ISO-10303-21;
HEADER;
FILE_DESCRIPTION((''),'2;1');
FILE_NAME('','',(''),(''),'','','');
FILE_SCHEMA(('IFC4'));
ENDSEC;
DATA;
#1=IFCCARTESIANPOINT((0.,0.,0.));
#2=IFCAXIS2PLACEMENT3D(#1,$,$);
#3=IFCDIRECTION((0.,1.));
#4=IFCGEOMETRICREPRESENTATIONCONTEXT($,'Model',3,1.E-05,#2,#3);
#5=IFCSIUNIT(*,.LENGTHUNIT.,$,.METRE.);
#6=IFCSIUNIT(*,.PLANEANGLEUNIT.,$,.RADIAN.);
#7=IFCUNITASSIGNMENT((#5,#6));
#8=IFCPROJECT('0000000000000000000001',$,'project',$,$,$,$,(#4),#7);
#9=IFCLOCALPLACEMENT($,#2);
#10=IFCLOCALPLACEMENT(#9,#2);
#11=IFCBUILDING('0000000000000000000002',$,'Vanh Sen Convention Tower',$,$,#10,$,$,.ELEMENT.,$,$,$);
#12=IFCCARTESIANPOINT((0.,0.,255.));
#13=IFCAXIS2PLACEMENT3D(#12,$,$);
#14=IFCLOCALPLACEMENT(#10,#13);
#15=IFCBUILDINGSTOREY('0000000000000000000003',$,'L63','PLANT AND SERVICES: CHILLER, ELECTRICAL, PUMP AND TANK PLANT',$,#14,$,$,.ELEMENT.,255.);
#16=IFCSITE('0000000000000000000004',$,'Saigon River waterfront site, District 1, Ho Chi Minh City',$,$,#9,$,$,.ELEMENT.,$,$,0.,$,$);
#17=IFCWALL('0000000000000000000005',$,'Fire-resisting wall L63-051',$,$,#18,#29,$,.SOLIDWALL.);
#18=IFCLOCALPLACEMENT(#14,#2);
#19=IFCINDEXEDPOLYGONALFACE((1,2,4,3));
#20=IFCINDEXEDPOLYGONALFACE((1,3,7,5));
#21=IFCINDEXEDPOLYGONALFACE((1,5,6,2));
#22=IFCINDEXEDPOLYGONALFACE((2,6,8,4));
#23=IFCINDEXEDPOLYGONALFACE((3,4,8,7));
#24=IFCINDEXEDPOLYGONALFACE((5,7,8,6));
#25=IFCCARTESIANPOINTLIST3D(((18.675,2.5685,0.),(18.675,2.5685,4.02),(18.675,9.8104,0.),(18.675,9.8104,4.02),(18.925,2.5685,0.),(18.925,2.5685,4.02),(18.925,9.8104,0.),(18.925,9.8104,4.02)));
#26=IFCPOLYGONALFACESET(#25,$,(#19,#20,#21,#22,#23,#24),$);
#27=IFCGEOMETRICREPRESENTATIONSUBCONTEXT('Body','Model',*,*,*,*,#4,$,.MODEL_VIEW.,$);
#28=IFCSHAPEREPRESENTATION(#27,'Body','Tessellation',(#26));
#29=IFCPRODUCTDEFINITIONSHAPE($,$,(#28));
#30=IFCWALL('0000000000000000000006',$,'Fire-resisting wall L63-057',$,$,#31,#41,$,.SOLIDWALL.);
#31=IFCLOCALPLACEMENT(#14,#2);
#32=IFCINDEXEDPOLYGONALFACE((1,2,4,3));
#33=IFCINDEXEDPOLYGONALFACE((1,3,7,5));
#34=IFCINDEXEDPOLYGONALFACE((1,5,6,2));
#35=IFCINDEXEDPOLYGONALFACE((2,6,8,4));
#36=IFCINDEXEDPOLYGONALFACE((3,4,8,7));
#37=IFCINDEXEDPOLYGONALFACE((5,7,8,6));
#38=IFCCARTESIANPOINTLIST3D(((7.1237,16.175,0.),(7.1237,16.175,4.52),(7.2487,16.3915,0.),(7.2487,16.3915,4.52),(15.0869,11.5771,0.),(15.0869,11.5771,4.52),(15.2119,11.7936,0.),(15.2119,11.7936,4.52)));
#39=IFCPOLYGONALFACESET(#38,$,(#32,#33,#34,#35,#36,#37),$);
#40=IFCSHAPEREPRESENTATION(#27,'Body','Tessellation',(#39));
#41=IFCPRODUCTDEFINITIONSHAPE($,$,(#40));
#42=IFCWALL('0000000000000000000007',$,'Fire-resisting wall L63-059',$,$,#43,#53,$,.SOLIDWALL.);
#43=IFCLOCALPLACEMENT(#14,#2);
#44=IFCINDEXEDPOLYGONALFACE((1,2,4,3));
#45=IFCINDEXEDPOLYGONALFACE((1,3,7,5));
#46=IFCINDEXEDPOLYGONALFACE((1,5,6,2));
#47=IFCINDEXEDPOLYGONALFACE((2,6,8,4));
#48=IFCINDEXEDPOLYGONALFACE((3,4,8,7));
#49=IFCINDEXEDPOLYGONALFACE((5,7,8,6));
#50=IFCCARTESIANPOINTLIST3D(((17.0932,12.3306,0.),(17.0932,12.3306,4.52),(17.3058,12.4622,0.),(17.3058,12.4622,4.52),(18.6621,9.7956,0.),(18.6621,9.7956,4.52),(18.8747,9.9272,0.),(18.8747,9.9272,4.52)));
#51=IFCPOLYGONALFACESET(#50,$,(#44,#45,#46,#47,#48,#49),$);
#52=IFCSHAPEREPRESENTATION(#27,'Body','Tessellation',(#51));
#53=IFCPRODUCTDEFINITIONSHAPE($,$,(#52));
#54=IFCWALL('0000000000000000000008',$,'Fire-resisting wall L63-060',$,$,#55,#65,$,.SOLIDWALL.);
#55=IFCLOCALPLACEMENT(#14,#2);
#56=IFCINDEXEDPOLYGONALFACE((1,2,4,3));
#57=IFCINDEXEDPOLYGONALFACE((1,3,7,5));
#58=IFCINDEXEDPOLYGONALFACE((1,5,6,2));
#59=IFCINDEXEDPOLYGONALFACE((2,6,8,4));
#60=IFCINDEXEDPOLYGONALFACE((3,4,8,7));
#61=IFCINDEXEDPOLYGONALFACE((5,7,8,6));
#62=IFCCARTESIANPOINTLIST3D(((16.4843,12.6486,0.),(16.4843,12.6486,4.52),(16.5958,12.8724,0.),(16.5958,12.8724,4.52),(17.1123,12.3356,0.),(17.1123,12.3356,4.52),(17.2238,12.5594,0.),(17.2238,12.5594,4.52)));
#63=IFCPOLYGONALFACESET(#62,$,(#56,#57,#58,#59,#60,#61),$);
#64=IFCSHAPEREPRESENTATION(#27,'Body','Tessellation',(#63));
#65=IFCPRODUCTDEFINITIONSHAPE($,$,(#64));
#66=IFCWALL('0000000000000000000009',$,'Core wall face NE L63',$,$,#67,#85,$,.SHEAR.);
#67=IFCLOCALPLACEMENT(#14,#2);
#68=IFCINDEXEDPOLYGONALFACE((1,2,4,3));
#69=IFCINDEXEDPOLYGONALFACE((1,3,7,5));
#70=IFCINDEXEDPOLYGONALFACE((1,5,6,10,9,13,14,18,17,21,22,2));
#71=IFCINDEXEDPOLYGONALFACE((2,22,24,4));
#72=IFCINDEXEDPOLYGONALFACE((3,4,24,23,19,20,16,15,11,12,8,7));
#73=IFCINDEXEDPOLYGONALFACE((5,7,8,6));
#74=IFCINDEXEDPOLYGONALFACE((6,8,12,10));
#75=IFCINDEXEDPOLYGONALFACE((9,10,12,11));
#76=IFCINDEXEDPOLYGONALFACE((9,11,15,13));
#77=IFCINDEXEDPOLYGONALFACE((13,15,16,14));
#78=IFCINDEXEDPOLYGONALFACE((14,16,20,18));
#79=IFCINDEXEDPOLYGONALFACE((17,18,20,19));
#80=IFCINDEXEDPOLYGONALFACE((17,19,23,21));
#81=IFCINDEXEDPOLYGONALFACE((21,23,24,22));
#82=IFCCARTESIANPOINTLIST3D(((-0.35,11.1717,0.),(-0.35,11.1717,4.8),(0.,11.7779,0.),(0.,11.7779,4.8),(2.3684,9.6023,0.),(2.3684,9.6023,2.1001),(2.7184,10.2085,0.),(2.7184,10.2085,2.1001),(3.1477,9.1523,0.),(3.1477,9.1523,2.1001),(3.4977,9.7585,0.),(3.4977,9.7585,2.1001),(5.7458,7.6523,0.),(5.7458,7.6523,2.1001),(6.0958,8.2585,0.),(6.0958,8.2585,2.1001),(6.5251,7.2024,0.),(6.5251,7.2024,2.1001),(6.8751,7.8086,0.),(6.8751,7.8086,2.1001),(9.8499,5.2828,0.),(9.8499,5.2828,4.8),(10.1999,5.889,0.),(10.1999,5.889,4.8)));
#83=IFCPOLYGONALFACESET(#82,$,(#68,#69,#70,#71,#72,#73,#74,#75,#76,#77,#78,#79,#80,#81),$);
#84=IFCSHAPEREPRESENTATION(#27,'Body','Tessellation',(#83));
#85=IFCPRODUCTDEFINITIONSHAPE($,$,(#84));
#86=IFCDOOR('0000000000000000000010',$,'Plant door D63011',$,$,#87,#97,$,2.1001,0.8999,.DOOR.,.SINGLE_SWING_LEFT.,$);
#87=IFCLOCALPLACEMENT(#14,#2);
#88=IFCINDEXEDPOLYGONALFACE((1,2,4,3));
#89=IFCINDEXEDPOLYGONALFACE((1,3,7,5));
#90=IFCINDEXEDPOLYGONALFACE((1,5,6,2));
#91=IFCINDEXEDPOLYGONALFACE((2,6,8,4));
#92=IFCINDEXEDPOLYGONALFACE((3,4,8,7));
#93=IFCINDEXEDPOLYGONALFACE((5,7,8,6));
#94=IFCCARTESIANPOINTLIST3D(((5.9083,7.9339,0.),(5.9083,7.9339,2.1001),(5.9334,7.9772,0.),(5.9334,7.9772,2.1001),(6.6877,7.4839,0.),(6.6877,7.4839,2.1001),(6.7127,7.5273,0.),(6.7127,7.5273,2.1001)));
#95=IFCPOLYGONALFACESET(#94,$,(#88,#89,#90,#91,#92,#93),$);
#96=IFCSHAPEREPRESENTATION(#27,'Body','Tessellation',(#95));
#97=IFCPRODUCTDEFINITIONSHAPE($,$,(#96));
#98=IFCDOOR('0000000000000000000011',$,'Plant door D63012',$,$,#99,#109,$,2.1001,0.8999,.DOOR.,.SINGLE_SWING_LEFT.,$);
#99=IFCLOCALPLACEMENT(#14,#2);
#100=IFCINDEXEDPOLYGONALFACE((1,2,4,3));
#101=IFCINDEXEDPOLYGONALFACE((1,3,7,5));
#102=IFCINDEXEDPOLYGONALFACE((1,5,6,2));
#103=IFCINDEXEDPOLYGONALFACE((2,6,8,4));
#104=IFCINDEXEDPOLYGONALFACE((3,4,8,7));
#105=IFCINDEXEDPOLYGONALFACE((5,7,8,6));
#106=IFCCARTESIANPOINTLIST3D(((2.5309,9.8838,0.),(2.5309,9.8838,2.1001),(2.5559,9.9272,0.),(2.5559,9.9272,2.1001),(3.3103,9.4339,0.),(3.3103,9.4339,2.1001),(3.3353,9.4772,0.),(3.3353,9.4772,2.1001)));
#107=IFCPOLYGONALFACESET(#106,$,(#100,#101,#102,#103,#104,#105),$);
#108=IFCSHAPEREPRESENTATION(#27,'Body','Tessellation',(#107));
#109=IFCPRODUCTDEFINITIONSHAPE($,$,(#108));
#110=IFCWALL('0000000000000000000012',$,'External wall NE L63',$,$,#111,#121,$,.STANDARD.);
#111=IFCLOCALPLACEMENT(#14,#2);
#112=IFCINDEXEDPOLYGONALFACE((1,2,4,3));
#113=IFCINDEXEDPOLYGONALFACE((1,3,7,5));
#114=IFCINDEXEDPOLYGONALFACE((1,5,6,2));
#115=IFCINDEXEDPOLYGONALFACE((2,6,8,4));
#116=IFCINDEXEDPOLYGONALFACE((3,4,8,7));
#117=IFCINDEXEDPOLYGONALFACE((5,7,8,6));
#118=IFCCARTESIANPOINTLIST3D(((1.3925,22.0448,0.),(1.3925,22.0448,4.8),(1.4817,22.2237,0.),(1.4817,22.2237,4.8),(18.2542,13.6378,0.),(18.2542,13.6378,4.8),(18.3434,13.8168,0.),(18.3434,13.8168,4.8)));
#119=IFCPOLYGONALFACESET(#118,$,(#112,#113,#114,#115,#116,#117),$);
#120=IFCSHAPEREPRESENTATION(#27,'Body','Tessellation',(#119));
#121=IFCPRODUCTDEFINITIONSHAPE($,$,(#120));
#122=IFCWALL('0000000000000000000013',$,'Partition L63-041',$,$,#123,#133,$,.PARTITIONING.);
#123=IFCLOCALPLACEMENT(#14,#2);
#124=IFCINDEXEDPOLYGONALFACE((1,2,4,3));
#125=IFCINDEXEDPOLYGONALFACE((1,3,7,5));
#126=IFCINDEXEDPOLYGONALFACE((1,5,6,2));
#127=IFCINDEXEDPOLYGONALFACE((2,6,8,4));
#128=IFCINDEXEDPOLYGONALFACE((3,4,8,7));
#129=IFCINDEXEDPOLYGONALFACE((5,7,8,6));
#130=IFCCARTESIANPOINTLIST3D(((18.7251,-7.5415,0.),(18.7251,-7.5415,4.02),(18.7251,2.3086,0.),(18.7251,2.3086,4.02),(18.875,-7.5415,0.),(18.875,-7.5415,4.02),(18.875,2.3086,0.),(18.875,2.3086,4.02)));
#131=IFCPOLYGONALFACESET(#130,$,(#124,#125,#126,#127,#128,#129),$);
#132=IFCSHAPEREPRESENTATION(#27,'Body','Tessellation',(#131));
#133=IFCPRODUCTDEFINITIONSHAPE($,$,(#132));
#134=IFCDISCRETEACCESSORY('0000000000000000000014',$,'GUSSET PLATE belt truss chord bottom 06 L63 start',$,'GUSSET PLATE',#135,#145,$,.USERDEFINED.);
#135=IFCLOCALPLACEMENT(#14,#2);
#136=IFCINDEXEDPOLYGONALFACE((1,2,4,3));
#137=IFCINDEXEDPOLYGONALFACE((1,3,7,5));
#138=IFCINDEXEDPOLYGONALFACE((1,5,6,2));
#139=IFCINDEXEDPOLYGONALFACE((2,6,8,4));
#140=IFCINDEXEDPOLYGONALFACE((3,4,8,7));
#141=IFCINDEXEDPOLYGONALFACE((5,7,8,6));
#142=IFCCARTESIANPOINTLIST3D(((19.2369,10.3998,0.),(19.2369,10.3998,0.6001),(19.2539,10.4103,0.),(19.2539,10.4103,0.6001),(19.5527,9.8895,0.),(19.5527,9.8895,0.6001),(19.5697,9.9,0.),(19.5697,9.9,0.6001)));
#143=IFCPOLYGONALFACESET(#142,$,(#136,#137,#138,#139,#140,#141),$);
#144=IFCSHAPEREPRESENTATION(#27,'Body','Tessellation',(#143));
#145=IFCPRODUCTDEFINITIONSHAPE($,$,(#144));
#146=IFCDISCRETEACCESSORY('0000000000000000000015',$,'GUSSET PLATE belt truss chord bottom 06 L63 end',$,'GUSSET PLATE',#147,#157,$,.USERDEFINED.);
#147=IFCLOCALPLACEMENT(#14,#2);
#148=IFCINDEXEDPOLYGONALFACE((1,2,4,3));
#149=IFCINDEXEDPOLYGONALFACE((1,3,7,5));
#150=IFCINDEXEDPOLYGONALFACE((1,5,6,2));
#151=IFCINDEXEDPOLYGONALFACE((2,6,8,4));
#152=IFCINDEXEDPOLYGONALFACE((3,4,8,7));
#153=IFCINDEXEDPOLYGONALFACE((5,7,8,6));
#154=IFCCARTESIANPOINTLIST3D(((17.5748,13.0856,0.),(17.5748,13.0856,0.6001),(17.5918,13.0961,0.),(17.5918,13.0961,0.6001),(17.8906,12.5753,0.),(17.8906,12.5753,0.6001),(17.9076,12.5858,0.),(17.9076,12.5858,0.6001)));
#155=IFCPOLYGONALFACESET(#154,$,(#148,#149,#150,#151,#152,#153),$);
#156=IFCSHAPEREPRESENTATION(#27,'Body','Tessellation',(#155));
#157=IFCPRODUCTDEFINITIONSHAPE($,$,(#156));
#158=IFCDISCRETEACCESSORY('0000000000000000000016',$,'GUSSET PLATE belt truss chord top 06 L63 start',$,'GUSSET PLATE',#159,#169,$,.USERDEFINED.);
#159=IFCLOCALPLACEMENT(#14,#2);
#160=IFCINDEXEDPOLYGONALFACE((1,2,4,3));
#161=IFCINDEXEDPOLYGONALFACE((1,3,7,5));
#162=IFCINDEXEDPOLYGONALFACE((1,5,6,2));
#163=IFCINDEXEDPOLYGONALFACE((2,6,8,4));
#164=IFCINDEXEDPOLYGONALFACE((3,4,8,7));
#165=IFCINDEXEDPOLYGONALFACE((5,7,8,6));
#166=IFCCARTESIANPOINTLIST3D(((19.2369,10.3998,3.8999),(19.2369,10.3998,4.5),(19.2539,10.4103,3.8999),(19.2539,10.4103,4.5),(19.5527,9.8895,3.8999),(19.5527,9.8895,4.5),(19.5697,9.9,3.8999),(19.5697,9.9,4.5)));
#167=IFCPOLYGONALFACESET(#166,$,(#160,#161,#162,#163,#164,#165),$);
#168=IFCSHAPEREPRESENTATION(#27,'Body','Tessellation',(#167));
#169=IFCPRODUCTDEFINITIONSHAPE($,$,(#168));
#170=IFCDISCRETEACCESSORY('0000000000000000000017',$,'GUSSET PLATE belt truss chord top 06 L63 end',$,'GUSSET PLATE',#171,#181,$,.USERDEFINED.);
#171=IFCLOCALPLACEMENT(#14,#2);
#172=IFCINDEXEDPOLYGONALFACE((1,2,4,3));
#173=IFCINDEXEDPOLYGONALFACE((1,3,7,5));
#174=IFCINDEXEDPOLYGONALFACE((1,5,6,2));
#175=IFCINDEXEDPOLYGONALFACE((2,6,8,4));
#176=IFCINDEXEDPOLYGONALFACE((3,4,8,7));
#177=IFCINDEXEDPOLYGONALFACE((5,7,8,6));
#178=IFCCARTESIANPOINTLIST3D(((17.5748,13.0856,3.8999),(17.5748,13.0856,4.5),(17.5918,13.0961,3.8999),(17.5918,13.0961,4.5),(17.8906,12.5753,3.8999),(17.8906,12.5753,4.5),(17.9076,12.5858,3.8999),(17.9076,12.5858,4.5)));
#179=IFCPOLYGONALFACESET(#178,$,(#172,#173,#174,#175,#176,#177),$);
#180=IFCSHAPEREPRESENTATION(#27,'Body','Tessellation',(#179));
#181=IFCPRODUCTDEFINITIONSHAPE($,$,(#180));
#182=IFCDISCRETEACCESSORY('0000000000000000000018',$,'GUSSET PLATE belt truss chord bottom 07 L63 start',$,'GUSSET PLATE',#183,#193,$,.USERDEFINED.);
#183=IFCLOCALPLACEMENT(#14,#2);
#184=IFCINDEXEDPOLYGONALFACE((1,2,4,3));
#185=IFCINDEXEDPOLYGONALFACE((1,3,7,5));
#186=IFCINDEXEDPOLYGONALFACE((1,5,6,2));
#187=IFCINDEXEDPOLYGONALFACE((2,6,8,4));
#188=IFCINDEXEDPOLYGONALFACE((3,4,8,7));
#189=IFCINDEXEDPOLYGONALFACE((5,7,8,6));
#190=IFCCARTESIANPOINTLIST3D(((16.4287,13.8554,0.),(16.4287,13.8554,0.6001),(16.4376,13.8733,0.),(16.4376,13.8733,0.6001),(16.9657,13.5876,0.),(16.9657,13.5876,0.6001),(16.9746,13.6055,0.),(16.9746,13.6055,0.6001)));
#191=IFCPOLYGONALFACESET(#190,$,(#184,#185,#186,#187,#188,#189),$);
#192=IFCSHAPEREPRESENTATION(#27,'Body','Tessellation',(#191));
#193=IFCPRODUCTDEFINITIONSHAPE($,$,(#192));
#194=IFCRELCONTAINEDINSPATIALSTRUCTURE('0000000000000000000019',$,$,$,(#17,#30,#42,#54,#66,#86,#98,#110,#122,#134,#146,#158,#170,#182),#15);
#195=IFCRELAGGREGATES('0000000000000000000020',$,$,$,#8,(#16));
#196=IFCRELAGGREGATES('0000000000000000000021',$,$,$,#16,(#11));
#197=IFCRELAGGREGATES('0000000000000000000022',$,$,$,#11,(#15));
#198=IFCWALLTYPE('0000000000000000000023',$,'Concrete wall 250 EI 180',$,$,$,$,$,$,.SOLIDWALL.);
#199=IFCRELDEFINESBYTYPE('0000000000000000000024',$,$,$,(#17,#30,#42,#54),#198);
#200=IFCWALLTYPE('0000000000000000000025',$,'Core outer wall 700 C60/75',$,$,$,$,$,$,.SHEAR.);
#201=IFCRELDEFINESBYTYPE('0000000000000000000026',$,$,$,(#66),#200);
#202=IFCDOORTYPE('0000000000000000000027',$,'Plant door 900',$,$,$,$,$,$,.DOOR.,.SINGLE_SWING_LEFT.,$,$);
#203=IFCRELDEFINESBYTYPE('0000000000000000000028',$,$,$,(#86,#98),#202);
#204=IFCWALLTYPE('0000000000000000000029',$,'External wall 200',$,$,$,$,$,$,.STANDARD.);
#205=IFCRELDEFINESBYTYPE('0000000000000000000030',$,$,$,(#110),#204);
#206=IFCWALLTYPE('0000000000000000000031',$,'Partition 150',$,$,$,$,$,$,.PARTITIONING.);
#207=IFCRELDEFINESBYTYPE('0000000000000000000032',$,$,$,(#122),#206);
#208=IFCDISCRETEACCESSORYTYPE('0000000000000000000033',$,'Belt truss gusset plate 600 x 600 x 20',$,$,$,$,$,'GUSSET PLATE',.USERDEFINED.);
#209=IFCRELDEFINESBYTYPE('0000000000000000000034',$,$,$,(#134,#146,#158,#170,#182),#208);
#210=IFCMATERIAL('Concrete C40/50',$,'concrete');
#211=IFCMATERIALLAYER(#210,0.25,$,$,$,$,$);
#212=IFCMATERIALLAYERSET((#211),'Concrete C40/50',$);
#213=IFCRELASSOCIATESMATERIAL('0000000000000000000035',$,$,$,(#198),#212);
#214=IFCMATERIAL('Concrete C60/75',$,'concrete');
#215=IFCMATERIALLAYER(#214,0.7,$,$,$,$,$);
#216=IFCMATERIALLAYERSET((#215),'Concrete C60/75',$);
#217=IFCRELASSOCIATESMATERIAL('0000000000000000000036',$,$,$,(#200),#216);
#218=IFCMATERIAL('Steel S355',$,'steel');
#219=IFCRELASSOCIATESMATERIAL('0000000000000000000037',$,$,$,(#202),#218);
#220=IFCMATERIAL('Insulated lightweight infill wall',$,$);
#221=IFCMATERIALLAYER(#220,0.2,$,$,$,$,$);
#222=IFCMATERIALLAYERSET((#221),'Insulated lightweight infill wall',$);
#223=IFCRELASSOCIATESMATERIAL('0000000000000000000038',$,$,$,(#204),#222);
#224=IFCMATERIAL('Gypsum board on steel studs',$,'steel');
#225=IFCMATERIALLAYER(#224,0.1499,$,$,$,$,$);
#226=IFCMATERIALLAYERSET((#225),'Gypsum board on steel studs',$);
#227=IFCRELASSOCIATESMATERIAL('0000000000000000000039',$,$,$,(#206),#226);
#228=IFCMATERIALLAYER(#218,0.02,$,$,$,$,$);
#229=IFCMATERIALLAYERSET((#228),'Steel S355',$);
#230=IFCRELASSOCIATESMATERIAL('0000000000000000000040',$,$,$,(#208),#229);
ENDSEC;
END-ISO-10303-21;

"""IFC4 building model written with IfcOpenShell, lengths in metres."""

from ifc_helpers import new_model, si_unit, direction, frame, frame_2d, origin, origin_2d, place, context, subcontext, project, spatial, rectangle, extrude, material, layer, layer_set, type_object, element, fill, save


model = new_model("IFC4")

# Units and contexts
model_context = context("Model", 3, precision=1e-05, world=origin(), true_north=direction((0.0, 1.0)))
body_context = subcontext(model_context, "Body", "Model", "MODEL_VIEW")
ifc_project = project(units=[si_unit("LENGTHUNIT", "METRE"), si_unit("PLANEANGLEUNIT", "RADIAN")], contexts=[model_context])

# Site, building, storey
site_placement = place(None, origin())
site = spatial("IfcSite", under=ifc_project, at=site_placement, Name="Saigon River waterfront site, District 1, Ho Chi Minh City", CompositionType="ELEMENT", RefElevation=0.0)
building_placement = place(site_placement, origin())
building = spatial("IfcBuilding", under=site, at=building_placement, Name="Vanh Sen Convention Tower", CompositionType="ELEMENT")
storey_placement = place(building_placement, frame((0.0, 0.0, 255.0)))
storey = spatial("IfcBuildingStorey", under=building, at=storey_placement, Name="L63", Description="PLANT AND SERVICES: CHILLER, ELECTRICAL, PUMP AND TANK PLANT", CompositionType="ELEMENT", Elevation=255.0)

# Shared definitions
ifc_material_1 = material(Name="Concrete C60/75", Category="concrete")

# Shared definitions
ifc_material_2 = material(Name="Steel S355", Category="steel")

# Shared definitions
ifc_material_3 = material(Name="Concrete C40/50", Category="concrete")
ifc_layer_1 = layer(ifc_material_3, 0.25)
ifc_layer_set_1 = layer_set([ifc_layer_1], Name="Concrete C40/50")
wall_type_1 = type_object("IfcWallType", Name="Concrete wall 250 EI 180", PredefinedType="SOLIDWALL", material=ifc_layer_set_1)

# Walls
wall_1_placement = place(storey_placement, frame((18.8, 9.8105, 0.0), z_axis=(0.0, 0.0, 1.0), x_axis=(0.0, -1.0, 0.0)))
element("IfcWall", 1, at=wall_1_placement, inside=storey, type_object=wall_type_1, Name="Fire-resisting wall L63-051", PredefinedType="SOLIDWALL", context=body_context, shape_type="SweptSolid", body=[
    extrude(rectangle(XDim=7.2419, YDim=0.25, at=frame_2d((3.6211, 0.0))), origin(), (0.0, 0.0, 1.0), 4.02),
])
wall_2_placement = place(storey_placement, frame((15.1494, 11.6853, 0.0), z_axis=(0.0, 0.0, 1.0), x_axis=(-0.866007, 0.500031, 0.0)))
element("IfcWall", 2, at=wall_2_placement, inside=storey, type_object=wall_type_1, Name="Fire-resisting wall L63-057", PredefinedType="SOLIDWALL", context=body_context, shape_type="SweptSolid", body=[
    extrude(rectangle(XDim=9.1953, YDim=0.25, at=frame_2d((4.5977, 0.0))), origin(), (0.0, 0.0, 1.0), 4.52),
])
wall_3_placement = place(storey_placement, frame((17.1995, 12.3965, 0.0), z_axis=(0.0, 0.0, 1.0), x_axis=(0.526262, -0.850323, 0.0)))
element("IfcWall", 3, at=wall_3_placement, inside=storey, type_object=wall_type_1, Name="Fire-resisting wall L63-059", PredefinedType="SOLIDWALL", context=body_context, shape_type="SweptSolid", body=[
    extrude(rectangle(XDim=2.9812, YDim=0.25, at=frame_2d((1.4907, 0.0))), origin(), (0.0, 0.0, 1.0), 4.52),
])
wall_4_placement = place(storey_placement, frame((16.54, 12.7605, 0.0), z_axis=(0.0, 0.0, 1.0), x_axis=(0.894983, -0.4461, 0.0)))
element("IfcWall", 4, at=wall_4_placement, inside=storey, type_object=wall_type_1, Name="Fire-resisting wall L63-060", PredefinedType="SOLIDWALL", context=body_context, shape_type="SweptSolid", body=[
    extrude(rectangle(XDim=0.7017, YDim=0.25, at=frame_2d((0.3508, 0.0))), origin(), (0.0, 0.0, 1.0), 4.52),
])

# Wall, openings, doors
ifc_layer_2 = layer(ifc_material_1, 0.7)
ifc_layer_set_2 = layer_set([ifc_layer_2], Name="Concrete C60/75")
wall_type_2 = type_object("IfcWallType", Name="Core outer wall 700 C60/75", PredefinedType="SHEAR", material=ifc_layer_set_2)
wall_5_placement = place(storey_placement, frame((10.0249, 5.5859, 0.0), z_axis=(0.0, 0.0, 1.0), x_axis=(-0.866026, 0.499998, 0.0)))
wall_5 = element("IfcWall", 5, at=wall_5_placement, inside=storey, type_object=wall_type_2, Name="Core wall face NE L63", PredefinedType="SHEAR", context=body_context, shape_type="SweptSolid", body=[
    extrude(rectangle(XDim=11.7778, YDim=0.7, at=frame_2d((5.8889, 0.0))), origin(), (0.0, 0.0, 1.0), 4.8),
])
opening_1_placement = place(wall_5_placement, frame((3.8391, 0.0, 0.0)))
opening_1 = element("IfcOpeningElement", 6, at=opening_1_placement, cuts=wall_5, PredefinedType="OPENING", context=body_context, shape_type="SweptSolid", body=[
    extrude(rectangle(XDim=0.8999, YDim=2.1001, at=frame_2d((0.45, 1.05))), frame((0.0, 0.3599, 0.0), z_axis=(0.0, -1.0, 0.0), x_axis=(1.0, 0.0, 0.0)), (0.0, 0.0, 1.0), 0.72),
])
opening_2_placement = place(wall_5_placement, frame((7.739, 0.0, 0.0)))
opening_2 = element("IfcOpeningElement", 7, at=opening_2_placement, cuts=wall_5, PredefinedType="OPENING", context=body_context, shape_type="SweptSolid", body=[
    extrude(rectangle(XDim=0.8999, YDim=2.1001, at=frame_2d((0.45, 1.05))), frame((0.0, 0.3599, 0.0), z_axis=(0.0, -1.0, 0.0), x_axis=(1.0, 0.0, 0.0)), (0.0, 0.0, 1.0), 0.72),
])
door_type_1 = type_object("IfcDoorType", Name="Plant door 900", OperationType="SINGLE_SWING_LEFT", PredefinedType="DOOR", material=ifc_material_2)
door_1_placement = place(opening_1_placement, origin())
door_1 = element("IfcDoor", 8, at=door_1_placement, inside=storey, type_object=door_type_1, Name="Plant door D63011", OperationType="SINGLE_SWING_LEFT", OverallHeight=2.1001, OverallWidth=0.8999, PredefinedType="DOOR", context=body_context, shape_type="SweptSolid", body=[
    extrude(rectangle(XDim=0.8999, YDim=2.1001, at=frame_2d((0.45, 1.05))), frame((0.0, 0.0249, 0.0), z_axis=(0.0, -1.0, 0.0), x_axis=(1.0, 0.0, 0.0)), (0.0, 0.0, 1.0), 0.05),
])
fill(opening_1, door_1)
door_2_placement = place(opening_2_placement, origin())
door_2 = element("IfcDoor", 9, at=door_2_placement, inside=storey, type_object=door_type_1, Name="Plant door D63012", OperationType="SINGLE_SWING_LEFT", OverallHeight=2.1001, OverallWidth=0.8999, PredefinedType="DOOR", context=body_context, shape_type="SweptSolid", body=[
    extrude(rectangle(XDim=0.8999, YDim=2.1001, at=frame_2d((0.45, 1.05))), frame((0.0, 0.0249, 0.0), z_axis=(0.0, -1.0, 0.0), x_axis=(1.0, 0.0, 0.0)), (0.0, 0.0, 1.0), 0.05),
])
fill(opening_2, door_2)

# Walls
ifc_material_4 = material(Name="Insulated lightweight infill wall")
ifc_layer_3 = layer(ifc_material_4, 0.2)
ifc_layer_set_3 = layer_set([ifc_layer_3], Name="Insulated lightweight infill wall")
wall_type_3 = type_object("IfcWallType", Name="External wall 200", PredefinedType="STANDARD", material=ifc_layer_set_3)
wall_6_placement = place(storey_placement, frame((18.2988, 13.7273, 0.0), z_axis=(0.0, 0.0, 1.0), x_axis=(-0.894935, 0.446197, 0.0)))
element("IfcWall", 10, at=wall_6_placement, inside=storey, type_object=wall_type_3, Name="External wall NE L63", PredefinedType="STANDARD", context=body_context, shape_type="SweptSolid", body=[
    extrude(rectangle(XDim=18.8413, YDim=0.2, at=frame_2d((9.4207, 0.0))), origin(), (0.0, 0.0, 1.0), 4.8),
])
ifc_material_5 = material(Name="Gypsum board on steel studs", Category="steel")
ifc_layer_4 = layer(ifc_material_5, 0.1499)
ifc_layer_set_4 = layer_set([ifc_layer_4], Name="Gypsum board on steel studs")
wall_type_4 = type_object("IfcWallType", Name="Partition 150", PredefinedType="PARTITIONING", material=ifc_layer_set_4)
wall_7_placement = place(storey_placement, frame((18.8, 2.3086, 0.0), z_axis=(0.0, 0.0, 1.0), x_axis=(0.0, -1.0, 0.0)))
element("IfcWall", 11, at=wall_7_placement, inside=storey, type_object=wall_type_4, Name="Partition L63-041", PredefinedType="PARTITIONING", context=body_context, shape_type="SweptSolid", body=[
    extrude(rectangle(XDim=9.8501, YDim=0.1499, at=frame_2d((4.925, 0.0))), origin(), (0.0, 0.0, 1.0), 4.02),
])

# Discrete accessories
ifc_layer_5 = layer(ifc_material_2, 0.02)
ifc_layer_set_5 = layer_set([ifc_layer_5], Name="Steel S355")
discrete_accessory_type = type_object("IfcDiscreteAccessoryType", Name="Belt truss gusset plate 600 x 600 x 20", ElementType="GUSSET PLATE", PredefinedType="USERDEFINED", material=ifc_layer_set_5)
for number, where, z_axis, x_axis, name in (
    (12, (19.4033, 10.1499, 0.0), (0.0, 0.0, 1.0), (-0.526217, 0.85035, 0.0), "GUSSET PLATE belt truss chord bottom 06 L63 start"),
    (13, (17.7412, 12.8357, 0.0), (0.0, 0.0, 1.0), (0.526217, -0.85035, 0.0), "GUSSET PLATE belt truss chord bottom 06 L63 end"),
    (14, (19.4033, 10.1499, 3.8999), (0.0, 0.0, 1.0), (-0.526217, 0.85035, 0.0), "GUSSET PLATE belt truss chord top 06 L63 start"),
    (15, (17.7412, 12.8357, 3.8999), (0.0, 0.0, 1.0), (0.526217, -0.85035, 0.0), "GUSSET PLATE belt truss chord top 06 L63 end"),
    (16, (16.7017, 13.7305, 0.0), (0.0, 0.0, 1.0), (-0.89493, 0.446206, 0.0), "GUSSET PLATE belt truss chord bottom 07 L63 start"),
):
    element("IfcDiscreteAccessory", number, at=place(storey_placement, frame(where, z_axis=z_axis, x_axis=x_axis)), inside=storey, type_object=discrete_accessory_type, Name=name, ObjectType="GUSSET PLATE", PredefinedType="USERDEFINED", context=body_context, shape_type="SweptSolid", body=[
        extrude(rectangle(XDim=0.6001, YDim=0.02, at=origin_2d()), origin(), (0.0, 0.0, 1.0), 0.6001),
    ])

save(model, "model.ifc")
